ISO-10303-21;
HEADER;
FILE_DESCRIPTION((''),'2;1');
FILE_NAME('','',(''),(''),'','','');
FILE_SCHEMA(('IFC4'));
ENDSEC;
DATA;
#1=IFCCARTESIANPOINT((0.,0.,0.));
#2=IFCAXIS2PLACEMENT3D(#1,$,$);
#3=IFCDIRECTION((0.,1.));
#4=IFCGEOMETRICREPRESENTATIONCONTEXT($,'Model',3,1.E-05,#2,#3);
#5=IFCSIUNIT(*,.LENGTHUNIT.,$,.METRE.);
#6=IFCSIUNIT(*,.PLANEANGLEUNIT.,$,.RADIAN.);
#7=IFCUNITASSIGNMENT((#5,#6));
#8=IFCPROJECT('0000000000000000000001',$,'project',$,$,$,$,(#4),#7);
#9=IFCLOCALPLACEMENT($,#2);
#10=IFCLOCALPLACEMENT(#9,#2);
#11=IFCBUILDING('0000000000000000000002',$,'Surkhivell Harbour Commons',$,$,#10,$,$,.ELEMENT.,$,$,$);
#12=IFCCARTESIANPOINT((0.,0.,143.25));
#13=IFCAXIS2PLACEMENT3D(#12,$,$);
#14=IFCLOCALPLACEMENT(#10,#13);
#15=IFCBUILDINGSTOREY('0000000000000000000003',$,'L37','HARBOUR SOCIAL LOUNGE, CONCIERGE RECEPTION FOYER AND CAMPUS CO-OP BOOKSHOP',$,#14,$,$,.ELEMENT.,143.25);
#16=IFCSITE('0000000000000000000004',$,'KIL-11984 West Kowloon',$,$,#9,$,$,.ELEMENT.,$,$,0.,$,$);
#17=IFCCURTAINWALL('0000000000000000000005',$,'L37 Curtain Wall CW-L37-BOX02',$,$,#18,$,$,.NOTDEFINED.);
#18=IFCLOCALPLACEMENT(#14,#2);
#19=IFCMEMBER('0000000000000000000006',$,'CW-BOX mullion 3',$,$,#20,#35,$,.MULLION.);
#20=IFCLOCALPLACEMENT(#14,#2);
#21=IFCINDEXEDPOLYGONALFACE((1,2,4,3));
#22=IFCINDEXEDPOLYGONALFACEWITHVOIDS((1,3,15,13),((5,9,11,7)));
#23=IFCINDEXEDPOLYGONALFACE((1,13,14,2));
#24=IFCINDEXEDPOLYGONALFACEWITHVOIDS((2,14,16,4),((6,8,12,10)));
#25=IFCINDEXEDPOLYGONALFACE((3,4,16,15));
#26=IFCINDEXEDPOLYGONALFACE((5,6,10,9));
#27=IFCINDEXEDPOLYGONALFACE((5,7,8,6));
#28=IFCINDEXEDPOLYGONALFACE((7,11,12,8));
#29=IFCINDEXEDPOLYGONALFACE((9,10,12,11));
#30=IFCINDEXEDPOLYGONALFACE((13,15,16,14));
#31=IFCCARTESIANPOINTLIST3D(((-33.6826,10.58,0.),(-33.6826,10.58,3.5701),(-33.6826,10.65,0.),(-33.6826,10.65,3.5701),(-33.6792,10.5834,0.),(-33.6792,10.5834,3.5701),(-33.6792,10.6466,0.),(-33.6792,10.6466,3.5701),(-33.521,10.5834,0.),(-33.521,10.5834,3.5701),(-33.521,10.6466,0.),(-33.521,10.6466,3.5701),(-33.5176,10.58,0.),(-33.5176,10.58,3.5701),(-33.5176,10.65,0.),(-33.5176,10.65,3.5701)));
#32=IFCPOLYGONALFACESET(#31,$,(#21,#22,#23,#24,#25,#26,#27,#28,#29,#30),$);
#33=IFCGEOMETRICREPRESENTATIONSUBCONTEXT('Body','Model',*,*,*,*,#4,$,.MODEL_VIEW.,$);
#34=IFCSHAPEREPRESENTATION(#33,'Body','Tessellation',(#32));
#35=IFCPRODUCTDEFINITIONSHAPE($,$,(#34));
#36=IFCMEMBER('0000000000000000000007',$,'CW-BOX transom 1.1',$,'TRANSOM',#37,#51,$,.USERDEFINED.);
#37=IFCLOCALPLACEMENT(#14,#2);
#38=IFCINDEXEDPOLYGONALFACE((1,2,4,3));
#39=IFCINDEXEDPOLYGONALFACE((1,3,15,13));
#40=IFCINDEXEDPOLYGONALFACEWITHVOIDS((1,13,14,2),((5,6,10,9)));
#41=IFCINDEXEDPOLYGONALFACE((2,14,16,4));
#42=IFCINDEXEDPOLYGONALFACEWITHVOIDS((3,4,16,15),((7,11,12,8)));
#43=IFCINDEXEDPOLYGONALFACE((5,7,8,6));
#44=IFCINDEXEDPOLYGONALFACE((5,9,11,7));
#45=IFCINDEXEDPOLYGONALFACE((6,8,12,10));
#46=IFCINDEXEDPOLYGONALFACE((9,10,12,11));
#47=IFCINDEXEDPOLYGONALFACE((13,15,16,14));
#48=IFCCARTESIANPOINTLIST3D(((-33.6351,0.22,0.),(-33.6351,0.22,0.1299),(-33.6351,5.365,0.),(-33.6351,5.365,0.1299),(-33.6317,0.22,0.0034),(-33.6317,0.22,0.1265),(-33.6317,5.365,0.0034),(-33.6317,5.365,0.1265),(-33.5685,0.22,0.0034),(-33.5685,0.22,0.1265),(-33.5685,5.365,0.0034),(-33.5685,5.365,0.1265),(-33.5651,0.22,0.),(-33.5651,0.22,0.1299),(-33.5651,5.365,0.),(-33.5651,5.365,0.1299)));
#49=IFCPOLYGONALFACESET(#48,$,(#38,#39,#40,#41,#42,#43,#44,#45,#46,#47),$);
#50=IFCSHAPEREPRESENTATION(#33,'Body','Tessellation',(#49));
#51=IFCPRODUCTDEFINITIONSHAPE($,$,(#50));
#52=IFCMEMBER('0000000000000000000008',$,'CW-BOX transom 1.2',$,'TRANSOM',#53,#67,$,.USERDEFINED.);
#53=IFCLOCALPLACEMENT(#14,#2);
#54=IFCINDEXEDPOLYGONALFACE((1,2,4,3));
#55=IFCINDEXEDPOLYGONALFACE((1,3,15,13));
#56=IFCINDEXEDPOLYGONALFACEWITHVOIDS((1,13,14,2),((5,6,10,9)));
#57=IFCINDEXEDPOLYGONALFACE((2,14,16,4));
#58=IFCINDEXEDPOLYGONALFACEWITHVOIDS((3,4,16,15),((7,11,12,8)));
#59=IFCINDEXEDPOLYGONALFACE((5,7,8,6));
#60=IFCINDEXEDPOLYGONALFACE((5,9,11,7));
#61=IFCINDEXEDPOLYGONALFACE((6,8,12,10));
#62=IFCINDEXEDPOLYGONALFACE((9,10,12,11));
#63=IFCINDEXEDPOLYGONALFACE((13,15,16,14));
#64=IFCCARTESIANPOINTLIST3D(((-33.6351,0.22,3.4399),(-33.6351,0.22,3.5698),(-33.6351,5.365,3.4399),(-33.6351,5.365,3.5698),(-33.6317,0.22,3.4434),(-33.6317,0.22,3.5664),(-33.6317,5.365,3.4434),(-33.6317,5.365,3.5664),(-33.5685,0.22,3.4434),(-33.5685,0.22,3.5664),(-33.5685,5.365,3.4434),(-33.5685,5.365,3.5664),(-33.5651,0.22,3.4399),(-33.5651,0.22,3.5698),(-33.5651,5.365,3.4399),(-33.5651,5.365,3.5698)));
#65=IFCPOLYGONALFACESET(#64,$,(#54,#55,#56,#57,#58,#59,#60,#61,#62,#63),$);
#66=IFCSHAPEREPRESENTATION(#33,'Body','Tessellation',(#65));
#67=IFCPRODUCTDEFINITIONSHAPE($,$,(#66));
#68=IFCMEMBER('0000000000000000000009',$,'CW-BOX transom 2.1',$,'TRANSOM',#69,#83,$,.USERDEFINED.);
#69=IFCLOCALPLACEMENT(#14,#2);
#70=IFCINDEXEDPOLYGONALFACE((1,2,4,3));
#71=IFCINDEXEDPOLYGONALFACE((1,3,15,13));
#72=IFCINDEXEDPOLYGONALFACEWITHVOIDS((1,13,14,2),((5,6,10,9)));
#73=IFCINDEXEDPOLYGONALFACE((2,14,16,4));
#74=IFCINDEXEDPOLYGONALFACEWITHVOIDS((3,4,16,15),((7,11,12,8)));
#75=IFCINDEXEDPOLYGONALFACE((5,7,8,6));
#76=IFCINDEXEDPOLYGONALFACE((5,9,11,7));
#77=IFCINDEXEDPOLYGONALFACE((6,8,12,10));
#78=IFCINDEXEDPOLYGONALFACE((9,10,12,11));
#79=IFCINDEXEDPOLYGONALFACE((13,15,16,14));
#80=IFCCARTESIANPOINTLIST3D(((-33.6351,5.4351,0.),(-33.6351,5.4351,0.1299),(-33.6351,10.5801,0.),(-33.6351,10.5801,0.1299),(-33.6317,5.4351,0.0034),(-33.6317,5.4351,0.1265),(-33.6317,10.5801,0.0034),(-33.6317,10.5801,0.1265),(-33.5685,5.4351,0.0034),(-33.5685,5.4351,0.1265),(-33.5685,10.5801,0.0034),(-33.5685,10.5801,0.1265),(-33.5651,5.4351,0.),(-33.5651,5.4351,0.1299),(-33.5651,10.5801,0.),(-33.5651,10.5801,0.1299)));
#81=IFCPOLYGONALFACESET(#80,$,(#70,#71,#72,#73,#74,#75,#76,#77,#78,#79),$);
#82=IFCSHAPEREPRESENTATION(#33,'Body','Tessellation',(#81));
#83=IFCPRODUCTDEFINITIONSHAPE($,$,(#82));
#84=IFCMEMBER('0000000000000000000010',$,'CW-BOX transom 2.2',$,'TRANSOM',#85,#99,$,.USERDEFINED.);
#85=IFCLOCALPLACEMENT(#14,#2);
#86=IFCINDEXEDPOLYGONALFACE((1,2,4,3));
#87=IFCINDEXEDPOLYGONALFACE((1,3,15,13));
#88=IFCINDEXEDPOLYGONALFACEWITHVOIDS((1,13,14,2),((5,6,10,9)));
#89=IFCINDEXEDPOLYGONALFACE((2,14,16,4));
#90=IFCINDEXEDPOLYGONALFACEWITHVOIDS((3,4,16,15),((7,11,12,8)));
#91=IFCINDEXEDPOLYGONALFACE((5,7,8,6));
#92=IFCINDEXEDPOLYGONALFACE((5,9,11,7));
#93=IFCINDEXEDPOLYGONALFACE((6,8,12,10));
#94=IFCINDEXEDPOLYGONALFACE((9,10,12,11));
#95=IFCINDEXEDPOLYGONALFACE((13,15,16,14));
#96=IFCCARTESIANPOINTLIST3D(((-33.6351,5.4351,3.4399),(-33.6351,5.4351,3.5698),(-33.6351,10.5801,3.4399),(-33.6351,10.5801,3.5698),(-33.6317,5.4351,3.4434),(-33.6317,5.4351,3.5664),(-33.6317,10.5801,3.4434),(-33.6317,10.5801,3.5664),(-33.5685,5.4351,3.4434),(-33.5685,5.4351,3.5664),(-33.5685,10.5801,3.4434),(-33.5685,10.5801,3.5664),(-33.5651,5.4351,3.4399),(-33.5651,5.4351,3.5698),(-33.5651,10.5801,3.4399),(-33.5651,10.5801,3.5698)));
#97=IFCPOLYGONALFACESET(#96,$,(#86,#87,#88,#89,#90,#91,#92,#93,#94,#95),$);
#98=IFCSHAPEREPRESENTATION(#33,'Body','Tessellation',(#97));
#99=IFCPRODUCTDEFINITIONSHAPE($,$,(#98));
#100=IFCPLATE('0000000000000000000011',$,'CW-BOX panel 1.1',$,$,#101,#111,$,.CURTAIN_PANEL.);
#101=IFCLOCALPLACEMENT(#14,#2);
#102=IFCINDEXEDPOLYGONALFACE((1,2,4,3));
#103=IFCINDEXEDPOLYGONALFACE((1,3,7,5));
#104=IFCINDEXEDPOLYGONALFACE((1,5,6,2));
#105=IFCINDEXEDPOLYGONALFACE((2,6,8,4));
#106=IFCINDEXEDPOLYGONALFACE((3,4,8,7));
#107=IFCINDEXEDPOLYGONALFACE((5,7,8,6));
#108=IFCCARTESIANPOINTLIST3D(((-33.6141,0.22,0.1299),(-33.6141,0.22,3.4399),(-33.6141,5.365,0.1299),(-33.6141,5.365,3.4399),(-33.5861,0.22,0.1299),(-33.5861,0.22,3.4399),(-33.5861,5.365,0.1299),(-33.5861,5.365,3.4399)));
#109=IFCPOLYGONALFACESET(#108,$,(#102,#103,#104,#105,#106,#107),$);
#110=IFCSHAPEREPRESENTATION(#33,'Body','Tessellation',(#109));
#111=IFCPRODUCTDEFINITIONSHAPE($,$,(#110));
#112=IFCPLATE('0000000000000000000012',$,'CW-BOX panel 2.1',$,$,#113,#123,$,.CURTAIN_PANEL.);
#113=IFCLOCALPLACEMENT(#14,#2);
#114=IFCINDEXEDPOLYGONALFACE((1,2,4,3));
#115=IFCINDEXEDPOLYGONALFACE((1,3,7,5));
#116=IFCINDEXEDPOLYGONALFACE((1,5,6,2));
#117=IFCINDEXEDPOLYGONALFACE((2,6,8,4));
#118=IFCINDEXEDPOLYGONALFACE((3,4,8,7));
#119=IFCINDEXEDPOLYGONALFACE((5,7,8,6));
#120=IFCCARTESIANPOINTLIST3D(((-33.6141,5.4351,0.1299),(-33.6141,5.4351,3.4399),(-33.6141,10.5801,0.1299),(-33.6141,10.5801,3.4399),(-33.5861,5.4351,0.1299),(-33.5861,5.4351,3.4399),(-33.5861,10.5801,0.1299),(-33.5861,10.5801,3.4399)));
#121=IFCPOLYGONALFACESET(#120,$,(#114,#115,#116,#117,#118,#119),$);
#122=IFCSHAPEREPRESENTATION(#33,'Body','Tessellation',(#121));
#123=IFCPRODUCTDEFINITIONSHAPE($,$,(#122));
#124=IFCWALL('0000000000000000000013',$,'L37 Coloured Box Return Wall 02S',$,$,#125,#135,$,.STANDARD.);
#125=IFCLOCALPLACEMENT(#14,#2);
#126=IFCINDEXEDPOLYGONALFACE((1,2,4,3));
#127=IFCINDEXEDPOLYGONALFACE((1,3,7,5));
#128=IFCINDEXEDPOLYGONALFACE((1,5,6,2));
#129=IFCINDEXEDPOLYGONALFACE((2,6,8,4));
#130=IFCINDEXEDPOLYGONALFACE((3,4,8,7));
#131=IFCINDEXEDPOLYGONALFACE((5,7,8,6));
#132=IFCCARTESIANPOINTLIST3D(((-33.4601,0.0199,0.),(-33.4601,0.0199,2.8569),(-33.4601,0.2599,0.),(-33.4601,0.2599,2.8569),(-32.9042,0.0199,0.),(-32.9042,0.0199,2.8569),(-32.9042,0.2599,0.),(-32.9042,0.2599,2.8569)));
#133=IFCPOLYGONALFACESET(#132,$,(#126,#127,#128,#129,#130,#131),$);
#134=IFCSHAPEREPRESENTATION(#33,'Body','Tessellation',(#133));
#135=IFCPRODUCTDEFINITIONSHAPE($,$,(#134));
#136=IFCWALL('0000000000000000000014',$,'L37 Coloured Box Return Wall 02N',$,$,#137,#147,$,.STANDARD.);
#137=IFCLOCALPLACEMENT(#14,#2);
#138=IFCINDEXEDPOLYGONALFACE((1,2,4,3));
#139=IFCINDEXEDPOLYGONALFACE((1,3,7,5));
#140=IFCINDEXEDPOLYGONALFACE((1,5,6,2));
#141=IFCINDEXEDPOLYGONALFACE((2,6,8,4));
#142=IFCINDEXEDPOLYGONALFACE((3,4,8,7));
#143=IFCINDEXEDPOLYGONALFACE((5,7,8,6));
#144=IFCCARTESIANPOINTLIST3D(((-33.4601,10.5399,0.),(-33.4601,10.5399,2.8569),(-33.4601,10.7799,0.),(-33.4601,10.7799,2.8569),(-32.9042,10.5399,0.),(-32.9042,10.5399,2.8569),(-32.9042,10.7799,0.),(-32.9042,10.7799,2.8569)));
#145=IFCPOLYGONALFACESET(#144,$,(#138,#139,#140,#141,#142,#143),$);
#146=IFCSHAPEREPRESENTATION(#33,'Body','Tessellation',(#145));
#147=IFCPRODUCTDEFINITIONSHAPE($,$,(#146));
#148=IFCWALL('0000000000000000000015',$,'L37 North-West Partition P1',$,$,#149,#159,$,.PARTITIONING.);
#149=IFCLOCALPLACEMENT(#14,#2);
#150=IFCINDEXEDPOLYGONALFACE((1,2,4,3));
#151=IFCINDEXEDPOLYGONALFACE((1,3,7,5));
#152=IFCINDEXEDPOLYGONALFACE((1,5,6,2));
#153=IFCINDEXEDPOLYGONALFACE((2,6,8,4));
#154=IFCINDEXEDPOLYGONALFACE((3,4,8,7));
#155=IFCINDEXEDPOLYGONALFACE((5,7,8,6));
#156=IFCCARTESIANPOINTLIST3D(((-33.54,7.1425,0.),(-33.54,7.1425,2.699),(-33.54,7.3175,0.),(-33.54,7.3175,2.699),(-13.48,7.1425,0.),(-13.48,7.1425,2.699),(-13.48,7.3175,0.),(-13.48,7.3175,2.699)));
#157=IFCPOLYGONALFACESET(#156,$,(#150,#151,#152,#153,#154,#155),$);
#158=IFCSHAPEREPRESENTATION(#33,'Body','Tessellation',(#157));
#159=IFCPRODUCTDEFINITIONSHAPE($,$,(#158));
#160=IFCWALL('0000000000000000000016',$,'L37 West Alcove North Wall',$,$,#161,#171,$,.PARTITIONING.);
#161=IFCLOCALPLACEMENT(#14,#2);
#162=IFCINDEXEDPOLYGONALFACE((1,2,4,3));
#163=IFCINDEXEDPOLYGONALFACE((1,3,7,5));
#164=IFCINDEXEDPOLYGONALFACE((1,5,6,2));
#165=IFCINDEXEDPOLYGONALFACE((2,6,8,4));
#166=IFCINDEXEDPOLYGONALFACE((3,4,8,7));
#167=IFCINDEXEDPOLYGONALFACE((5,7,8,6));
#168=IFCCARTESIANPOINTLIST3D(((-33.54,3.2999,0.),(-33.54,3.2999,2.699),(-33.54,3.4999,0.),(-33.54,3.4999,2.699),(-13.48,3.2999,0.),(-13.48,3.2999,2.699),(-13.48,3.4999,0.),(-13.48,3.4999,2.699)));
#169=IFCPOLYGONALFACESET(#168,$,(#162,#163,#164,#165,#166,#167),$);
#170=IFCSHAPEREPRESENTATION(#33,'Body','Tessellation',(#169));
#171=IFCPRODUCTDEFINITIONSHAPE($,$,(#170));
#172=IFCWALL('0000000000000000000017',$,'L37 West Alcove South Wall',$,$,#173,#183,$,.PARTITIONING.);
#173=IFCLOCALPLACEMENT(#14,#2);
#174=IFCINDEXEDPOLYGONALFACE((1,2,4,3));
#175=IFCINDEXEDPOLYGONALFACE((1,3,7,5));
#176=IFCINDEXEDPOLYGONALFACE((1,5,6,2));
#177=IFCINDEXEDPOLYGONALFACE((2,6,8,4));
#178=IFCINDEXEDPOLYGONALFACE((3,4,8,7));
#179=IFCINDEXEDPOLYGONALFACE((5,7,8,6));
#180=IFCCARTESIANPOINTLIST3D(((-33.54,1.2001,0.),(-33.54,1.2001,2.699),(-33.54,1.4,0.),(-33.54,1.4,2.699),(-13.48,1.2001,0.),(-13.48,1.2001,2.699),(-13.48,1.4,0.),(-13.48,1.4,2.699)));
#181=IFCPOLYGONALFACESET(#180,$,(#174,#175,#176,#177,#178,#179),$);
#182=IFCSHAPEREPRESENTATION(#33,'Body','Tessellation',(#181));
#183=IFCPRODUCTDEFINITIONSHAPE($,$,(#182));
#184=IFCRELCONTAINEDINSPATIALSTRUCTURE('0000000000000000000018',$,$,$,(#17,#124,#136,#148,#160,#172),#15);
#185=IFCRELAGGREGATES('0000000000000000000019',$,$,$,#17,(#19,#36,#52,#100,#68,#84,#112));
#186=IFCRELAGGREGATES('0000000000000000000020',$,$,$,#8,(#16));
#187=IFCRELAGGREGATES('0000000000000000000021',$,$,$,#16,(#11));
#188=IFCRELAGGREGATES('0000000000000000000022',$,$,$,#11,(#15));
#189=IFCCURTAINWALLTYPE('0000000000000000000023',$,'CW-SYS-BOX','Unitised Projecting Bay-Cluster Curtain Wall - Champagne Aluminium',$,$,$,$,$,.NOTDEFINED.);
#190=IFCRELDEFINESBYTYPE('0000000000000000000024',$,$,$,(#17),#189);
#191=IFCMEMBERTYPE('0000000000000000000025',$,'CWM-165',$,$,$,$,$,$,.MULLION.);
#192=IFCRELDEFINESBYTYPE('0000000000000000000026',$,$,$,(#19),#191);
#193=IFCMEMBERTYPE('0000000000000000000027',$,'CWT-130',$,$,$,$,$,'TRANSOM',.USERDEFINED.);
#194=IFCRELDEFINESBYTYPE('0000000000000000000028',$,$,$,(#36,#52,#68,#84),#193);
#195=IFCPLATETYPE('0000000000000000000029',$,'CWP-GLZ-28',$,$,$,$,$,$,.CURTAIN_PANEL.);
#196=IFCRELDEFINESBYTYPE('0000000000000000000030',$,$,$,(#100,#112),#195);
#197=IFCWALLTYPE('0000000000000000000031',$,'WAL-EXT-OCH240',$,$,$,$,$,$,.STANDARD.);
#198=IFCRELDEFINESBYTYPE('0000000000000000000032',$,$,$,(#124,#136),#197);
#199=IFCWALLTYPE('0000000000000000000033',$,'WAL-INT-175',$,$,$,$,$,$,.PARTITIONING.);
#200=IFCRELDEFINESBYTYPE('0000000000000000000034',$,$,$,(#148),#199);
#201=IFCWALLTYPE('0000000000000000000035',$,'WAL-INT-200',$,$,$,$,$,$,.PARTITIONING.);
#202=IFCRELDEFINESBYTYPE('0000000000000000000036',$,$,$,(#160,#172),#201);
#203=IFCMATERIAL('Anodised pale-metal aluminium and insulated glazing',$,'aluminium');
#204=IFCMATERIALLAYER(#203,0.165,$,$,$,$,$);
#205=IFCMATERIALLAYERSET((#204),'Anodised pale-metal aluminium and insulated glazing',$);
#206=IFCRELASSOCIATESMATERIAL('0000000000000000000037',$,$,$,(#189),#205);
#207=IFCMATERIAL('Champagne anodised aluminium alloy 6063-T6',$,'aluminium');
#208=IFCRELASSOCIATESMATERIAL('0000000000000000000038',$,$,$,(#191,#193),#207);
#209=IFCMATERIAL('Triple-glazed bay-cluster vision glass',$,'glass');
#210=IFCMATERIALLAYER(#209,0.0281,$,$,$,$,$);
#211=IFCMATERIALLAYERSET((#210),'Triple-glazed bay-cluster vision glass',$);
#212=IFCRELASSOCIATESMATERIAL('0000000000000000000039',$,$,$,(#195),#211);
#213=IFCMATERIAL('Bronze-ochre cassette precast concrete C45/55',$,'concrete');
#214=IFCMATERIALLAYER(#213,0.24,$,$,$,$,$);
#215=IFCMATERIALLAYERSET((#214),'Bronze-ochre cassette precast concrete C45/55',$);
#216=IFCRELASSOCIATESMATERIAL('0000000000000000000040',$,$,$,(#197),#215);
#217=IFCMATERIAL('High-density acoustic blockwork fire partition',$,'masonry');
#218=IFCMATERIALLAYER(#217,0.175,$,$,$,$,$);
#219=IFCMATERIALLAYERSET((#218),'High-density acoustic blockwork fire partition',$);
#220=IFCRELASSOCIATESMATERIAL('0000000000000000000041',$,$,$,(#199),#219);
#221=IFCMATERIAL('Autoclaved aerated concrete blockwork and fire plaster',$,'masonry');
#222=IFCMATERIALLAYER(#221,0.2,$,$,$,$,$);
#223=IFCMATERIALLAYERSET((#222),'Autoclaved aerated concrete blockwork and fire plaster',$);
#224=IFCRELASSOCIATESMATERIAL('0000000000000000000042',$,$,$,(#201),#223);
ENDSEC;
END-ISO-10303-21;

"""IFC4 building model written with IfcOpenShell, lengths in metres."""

from ifc_helpers import new_model, si_unit, direction, frame, frame_2d, origin, origin_2d, place, context, subcontext, project, spatial, rectangle, hollow_rectangle, extrude, material, layer, layer_set, material_profile, profile_set, type_object, element, aggregate, save


model = new_model("IFC4")

# Units and contexts
model_context = context("Model", 3, precision=1e-05, world=origin(), true_north=direction((0.0, 1.0)))
body_context = subcontext(model_context, "Body", "Model", "MODEL_VIEW")
ifc_project = project(units=[si_unit("LENGTHUNIT", "METRE"), si_unit("PLANEANGLEUNIT", "RADIAN")], contexts=[model_context])

# Site, building, storey
site_placement = place(None, origin())
site = spatial("IfcSite", under=ifc_project, at=site_placement, Name="KIL-11984 West Kowloon", CompositionType="ELEMENT", RefElevation=0.0)
building_placement = place(site_placement, origin())
building = spatial("IfcBuilding", under=site, at=building_placement, Name="Surkhivell Harbour Commons", CompositionType="ELEMENT")
storey_placement = place(building_placement, frame((0.0, 0.0, 143.25)))
storey = spatial("IfcBuildingStorey", under=building, at=storey_placement, Name="L37", Description="HARBOUR SOCIAL LOUNGE, CONCIERGE RECEPTION FOYER AND CAMPUS CO-OP BOOKSHOP", CompositionType="ELEMENT", Elevation=143.25)

# Curtain wall, members, plates
ifc_material_1 = material(Name="Anodised pale-metal aluminium and insulated glazing", Category="aluminium")
ifc_layer_1 = layer(ifc_material_1, 0.165)
ifc_layer_set_1 = layer_set([ifc_layer_1], Name="Anodised pale-metal aluminium and insulated glazing")
curtain_wall_type = type_object("IfcCurtainWallType", Name="CW-SYS-BOX", Description="Unitised Projecting Bay-Cluster Curtain Wall - Champagne Aluminium", PredefinedType="NOTDEFINED", material=ifc_layer_set_1)
curtain_wall_placement = place(storey_placement, origin())
curtain_wall = element("IfcCurtainWall", 1, at=curtain_wall_placement, inside=storey, type_object=curtain_wall_type, Name="L37 Curtain Wall CW-L37-BOX02", PredefinedType="NOTDEFINED")
ifc_material_2 = material(Name="Champagne anodised aluminium alloy 6063-T6", Category="aluminium")
ifc_material_profile_1 = material_profile(ifc_material_2, hollow_rectangle(XDim=0.0701, YDim=0.165, WallThickness=0.0034, at=origin_2d()), Name="ALU-MULL-70x165")
ifc_profile_set_1 = profile_set([ifc_material_profile_1], Name="Champagne anodised aluminium alloy 6063-T6")
member_type_1 = type_object("IfcMemberType", Name="CWM-165", PredefinedType="MULLION", material=ifc_profile_set_1)
member_1_placement = place(storey_placement, frame((-33.6001, 10.615, 0.0), z_axis=(0.0, 0.0, 1.0), x_axis=(0.0, 1.0, 0.0)))
member_1 = element("IfcMember", 2, at=member_1_placement, type_object=member_type_1, Name="CW-BOX mullion 3", PredefinedType="MULLION", context=body_context, shape_type="SweptSolid", body=[
    extrude(hollow_rectangle(XDim=0.0701, YDim=0.165, WallThickness=0.0034, at=origin_2d()), origin(), (0.0, 0.0, 1.0), 3.5701),
])
ifc_material_profile_2 = material_profile(ifc_material_2, hollow_rectangle(XDim=0.0701, YDim=0.1299, WallThickness=0.0034, at=origin_2d()), Name="ALU-TRAN-70x130")
ifc_profile_set_2 = profile_set([ifc_material_profile_2], Name="Champagne anodised aluminium alloy 6063-T6")
member_type_2 = type_object("IfcMemberType", Name="CWT-130", ElementType="TRANSOM", PredefinedType="USERDEFINED", material=ifc_profile_set_2)
member_2_placement = place(storey_placement, frame((-33.6001, 0.22, 0.0649), z_axis=(0.0, 1.0, 0.0), x_axis=(-1.0, 0.0, 0.0)))
member_2 = element("IfcMember", 3, at=member_2_placement, type_object=member_type_2, Name="CW-BOX transom 1.1", ObjectType="TRANSOM", PredefinedType="USERDEFINED", context=body_context, shape_type="SweptSolid", body=[
    extrude(hollow_rectangle(XDim=0.0701, YDim=0.1299, WallThickness=0.0034, at=origin_2d()), origin(), (0.0, 0.0, 1.0), 5.145),
])
member_3_placement = place(storey_placement, frame((-33.6001, 0.22, 3.5049), z_axis=(0.0, 1.0, 0.0), x_axis=(-1.0, 0.0, 0.0)))
member_3 = element("IfcMember", 4, at=member_3_placement, type_object=member_type_2, Name="CW-BOX transom 1.2", ObjectType="TRANSOM", PredefinedType="USERDEFINED", context=body_context, shape_type="SweptSolid", body=[
    extrude(hollow_rectangle(XDim=0.0701, YDim=0.1299, WallThickness=0.0034, at=origin_2d()), origin(), (0.0, 0.0, 1.0), 5.145),
])
member_4_placement = place(storey_placement, frame((-33.6001, 5.4351, 0.0649), z_axis=(0.0, 1.0, 0.0), x_axis=(-1.0, 0.0, 0.0)))
member_4 = element("IfcMember", 5, at=member_4_placement, type_object=member_type_2, Name="CW-BOX transom 2.1", ObjectType="TRANSOM", PredefinedType="USERDEFINED", context=body_context, shape_type="SweptSolid", body=[
    extrude(hollow_rectangle(XDim=0.0701, YDim=0.1299, WallThickness=0.0034, at=origin_2d()), origin(), (0.0, 0.0, 1.0), 5.145),
])
member_5_placement = place(storey_placement, frame((-33.6001, 5.4351, 3.5049), z_axis=(0.0, 1.0, 0.0), x_axis=(-1.0, 0.0, 0.0)))
member_5 = element("IfcMember", 6, at=member_5_placement, type_object=member_type_2, Name="CW-BOX transom 2.2", ObjectType="TRANSOM", PredefinedType="USERDEFINED", context=body_context, shape_type="SweptSolid", body=[
    extrude(hollow_rectangle(XDim=0.0701, YDim=0.1299, WallThickness=0.0034, at=origin_2d()), origin(), (0.0, 0.0, 1.0), 5.145),
])
ifc_material_3 = material(Name="Triple-glazed bay-cluster vision glass", Category="glass")
ifc_layer_2 = layer(ifc_material_3, 0.0281)
ifc_layer_set_2 = layer_set([ifc_layer_2], Name="Triple-glazed bay-cluster vision glass")
plate_type = type_object("IfcPlateType", Name="CWP-GLZ-28", PredefinedType="CURTAIN_PANEL", material=ifc_layer_set_2)
plate_1_placement = place(storey_placement, frame((-33.6001, 0.22, 0.1299), z_axis=(0.0, 0.0, 1.0), x_axis=(0.0, 1.0, 0.0)))
plate_1 = element("IfcPlate", 7, at=plate_1_placement, type_object=plate_type, Name="CW-BOX panel 1.1", PredefinedType="CURTAIN_PANEL", context=body_context, shape_type="SweptSolid", body=[
    extrude(rectangle(XDim=5.145, YDim=0.0281, at=frame_2d((2.5725, 0.0))), origin(), (0.0, 0.0, 1.0), 3.3101),
])
plate_2_placement = place(storey_placement, frame((-33.6001, 5.4351, 0.1299), z_axis=(0.0, 0.0, 1.0), x_axis=(0.0, 1.0, 0.0)))
plate_2 = element("IfcPlate", 8, at=plate_2_placement, type_object=plate_type, Name="CW-BOX panel 2.1", PredefinedType="CURTAIN_PANEL", context=body_context, shape_type="SweptSolid", body=[
    extrude(rectangle(XDim=5.145, YDim=0.0281, at=frame_2d((2.5725, 0.0))), origin(), (0.0, 0.0, 1.0), 3.3101),
])
aggregate(curtain_wall, [member_1, member_2, member_3, plate_1, member_4, member_5, plate_2])

# Walls
ifc_material_4 = material(Name="Bronze-ochre cassette precast concrete C45/55", Category="concrete")
ifc_layer_3 = layer(ifc_material_4, 0.24)
ifc_layer_set_3 = layer_set([ifc_layer_3], Name="Bronze-ochre cassette precast concrete C45/55")
wall_type_1 = type_object("IfcWallType", Name="WAL-EXT-OCH240", PredefinedType="STANDARD", material=ifc_layer_set_3)
for number, where, z_axis, x_axis, name in (
    (9, (-33.46, 0.1399, 0.0), (0.0, 0.0, 1.0), (1.0, 0.0, 0.0), "L37 Coloured Box Return Wall 02S"),
    (10, (-33.46, 10.6599, 0.0), (0.0, 0.0, 1.0), (1.0, 0.0, 0.0), "L37 Coloured Box Return Wall 02N"),
):
    element("IfcWall", number, at=place(storey_placement, frame(where, z_axis=z_axis, x_axis=x_axis)), inside=storey, type_object=wall_type_1, Name=name, PredefinedType="STANDARD", context=body_context, shape_type="SweptSolid", body=[
        extrude(rectangle(XDim=0.5559, YDim=0.24, at=frame_2d((0.2778, 0.0))), origin(), (0.0, 0.0, 1.0), 2.8569),
    ])
ifc_material_5 = material(Name="High-density acoustic blockwork fire partition", Category="masonry")
ifc_layer_4 = layer(ifc_material_5, 0.175)
ifc_layer_set_4 = layer_set([ifc_layer_4], Name="High-density acoustic blockwork fire partition")
wall_type_2 = type_object("IfcWallType", Name="WAL-INT-175", PredefinedType="PARTITIONING", material=ifc_layer_set_4)
wall_placement = place(storey_placement, frame((-33.54, 7.23, 0.0), z_axis=(0.0, 0.0, 1.0), x_axis=(1.0, 0.0, 0.0)))
element("IfcWall", 11, at=wall_placement, inside=storey, type_object=wall_type_2, Name="L37 North-West Partition P1", PredefinedType="PARTITIONING", context=body_context, shape_type="SweptSolid", body=[
    extrude(rectangle(XDim=20.0601, YDim=0.175, at=frame_2d((10.03, 0.0))), origin(), (0.0, 0.0, 1.0), 2.699),
])
ifc_material_6 = material(Name="Autoclaved aerated concrete blockwork and fire plaster", Category="masonry")
ifc_layer_5 = layer(ifc_material_6, 0.2)
ifc_layer_set_5 = layer_set([ifc_layer_5], Name="Autoclaved aerated concrete blockwork and fire plaster")
wall_type_3 = type_object("IfcWallType", Name="WAL-INT-200", PredefinedType="PARTITIONING", material=ifc_layer_set_5)
for number, where, z_axis, x_axis, name in (
    (12, (-33.54, 3.3999, 0.0), (0.0, 0.0, 1.0), (1.0, 0.0, 0.0), "L37 West Alcove North Wall"),
    (13, (-33.54, 1.3, 0.0), (0.0, 0.0, 1.0), (1.0, 0.0, 0.0), "L37 West Alcove South Wall"),
):
    element("IfcWall", number, at=place(storey_placement, frame(where, z_axis=z_axis, x_axis=x_axis)), inside=storey, type_object=wall_type_3, Name=name, PredefinedType="PARTITIONING", context=body_context, shape_type="SweptSolid", body=[
        extrude(rectangle(XDim=20.0601, YDim=0.2, at=frame_2d((10.03, 0.0))), origin(), (0.0, 0.0, 1.0), 2.699),
    ])

save(model, "model.ifc")
